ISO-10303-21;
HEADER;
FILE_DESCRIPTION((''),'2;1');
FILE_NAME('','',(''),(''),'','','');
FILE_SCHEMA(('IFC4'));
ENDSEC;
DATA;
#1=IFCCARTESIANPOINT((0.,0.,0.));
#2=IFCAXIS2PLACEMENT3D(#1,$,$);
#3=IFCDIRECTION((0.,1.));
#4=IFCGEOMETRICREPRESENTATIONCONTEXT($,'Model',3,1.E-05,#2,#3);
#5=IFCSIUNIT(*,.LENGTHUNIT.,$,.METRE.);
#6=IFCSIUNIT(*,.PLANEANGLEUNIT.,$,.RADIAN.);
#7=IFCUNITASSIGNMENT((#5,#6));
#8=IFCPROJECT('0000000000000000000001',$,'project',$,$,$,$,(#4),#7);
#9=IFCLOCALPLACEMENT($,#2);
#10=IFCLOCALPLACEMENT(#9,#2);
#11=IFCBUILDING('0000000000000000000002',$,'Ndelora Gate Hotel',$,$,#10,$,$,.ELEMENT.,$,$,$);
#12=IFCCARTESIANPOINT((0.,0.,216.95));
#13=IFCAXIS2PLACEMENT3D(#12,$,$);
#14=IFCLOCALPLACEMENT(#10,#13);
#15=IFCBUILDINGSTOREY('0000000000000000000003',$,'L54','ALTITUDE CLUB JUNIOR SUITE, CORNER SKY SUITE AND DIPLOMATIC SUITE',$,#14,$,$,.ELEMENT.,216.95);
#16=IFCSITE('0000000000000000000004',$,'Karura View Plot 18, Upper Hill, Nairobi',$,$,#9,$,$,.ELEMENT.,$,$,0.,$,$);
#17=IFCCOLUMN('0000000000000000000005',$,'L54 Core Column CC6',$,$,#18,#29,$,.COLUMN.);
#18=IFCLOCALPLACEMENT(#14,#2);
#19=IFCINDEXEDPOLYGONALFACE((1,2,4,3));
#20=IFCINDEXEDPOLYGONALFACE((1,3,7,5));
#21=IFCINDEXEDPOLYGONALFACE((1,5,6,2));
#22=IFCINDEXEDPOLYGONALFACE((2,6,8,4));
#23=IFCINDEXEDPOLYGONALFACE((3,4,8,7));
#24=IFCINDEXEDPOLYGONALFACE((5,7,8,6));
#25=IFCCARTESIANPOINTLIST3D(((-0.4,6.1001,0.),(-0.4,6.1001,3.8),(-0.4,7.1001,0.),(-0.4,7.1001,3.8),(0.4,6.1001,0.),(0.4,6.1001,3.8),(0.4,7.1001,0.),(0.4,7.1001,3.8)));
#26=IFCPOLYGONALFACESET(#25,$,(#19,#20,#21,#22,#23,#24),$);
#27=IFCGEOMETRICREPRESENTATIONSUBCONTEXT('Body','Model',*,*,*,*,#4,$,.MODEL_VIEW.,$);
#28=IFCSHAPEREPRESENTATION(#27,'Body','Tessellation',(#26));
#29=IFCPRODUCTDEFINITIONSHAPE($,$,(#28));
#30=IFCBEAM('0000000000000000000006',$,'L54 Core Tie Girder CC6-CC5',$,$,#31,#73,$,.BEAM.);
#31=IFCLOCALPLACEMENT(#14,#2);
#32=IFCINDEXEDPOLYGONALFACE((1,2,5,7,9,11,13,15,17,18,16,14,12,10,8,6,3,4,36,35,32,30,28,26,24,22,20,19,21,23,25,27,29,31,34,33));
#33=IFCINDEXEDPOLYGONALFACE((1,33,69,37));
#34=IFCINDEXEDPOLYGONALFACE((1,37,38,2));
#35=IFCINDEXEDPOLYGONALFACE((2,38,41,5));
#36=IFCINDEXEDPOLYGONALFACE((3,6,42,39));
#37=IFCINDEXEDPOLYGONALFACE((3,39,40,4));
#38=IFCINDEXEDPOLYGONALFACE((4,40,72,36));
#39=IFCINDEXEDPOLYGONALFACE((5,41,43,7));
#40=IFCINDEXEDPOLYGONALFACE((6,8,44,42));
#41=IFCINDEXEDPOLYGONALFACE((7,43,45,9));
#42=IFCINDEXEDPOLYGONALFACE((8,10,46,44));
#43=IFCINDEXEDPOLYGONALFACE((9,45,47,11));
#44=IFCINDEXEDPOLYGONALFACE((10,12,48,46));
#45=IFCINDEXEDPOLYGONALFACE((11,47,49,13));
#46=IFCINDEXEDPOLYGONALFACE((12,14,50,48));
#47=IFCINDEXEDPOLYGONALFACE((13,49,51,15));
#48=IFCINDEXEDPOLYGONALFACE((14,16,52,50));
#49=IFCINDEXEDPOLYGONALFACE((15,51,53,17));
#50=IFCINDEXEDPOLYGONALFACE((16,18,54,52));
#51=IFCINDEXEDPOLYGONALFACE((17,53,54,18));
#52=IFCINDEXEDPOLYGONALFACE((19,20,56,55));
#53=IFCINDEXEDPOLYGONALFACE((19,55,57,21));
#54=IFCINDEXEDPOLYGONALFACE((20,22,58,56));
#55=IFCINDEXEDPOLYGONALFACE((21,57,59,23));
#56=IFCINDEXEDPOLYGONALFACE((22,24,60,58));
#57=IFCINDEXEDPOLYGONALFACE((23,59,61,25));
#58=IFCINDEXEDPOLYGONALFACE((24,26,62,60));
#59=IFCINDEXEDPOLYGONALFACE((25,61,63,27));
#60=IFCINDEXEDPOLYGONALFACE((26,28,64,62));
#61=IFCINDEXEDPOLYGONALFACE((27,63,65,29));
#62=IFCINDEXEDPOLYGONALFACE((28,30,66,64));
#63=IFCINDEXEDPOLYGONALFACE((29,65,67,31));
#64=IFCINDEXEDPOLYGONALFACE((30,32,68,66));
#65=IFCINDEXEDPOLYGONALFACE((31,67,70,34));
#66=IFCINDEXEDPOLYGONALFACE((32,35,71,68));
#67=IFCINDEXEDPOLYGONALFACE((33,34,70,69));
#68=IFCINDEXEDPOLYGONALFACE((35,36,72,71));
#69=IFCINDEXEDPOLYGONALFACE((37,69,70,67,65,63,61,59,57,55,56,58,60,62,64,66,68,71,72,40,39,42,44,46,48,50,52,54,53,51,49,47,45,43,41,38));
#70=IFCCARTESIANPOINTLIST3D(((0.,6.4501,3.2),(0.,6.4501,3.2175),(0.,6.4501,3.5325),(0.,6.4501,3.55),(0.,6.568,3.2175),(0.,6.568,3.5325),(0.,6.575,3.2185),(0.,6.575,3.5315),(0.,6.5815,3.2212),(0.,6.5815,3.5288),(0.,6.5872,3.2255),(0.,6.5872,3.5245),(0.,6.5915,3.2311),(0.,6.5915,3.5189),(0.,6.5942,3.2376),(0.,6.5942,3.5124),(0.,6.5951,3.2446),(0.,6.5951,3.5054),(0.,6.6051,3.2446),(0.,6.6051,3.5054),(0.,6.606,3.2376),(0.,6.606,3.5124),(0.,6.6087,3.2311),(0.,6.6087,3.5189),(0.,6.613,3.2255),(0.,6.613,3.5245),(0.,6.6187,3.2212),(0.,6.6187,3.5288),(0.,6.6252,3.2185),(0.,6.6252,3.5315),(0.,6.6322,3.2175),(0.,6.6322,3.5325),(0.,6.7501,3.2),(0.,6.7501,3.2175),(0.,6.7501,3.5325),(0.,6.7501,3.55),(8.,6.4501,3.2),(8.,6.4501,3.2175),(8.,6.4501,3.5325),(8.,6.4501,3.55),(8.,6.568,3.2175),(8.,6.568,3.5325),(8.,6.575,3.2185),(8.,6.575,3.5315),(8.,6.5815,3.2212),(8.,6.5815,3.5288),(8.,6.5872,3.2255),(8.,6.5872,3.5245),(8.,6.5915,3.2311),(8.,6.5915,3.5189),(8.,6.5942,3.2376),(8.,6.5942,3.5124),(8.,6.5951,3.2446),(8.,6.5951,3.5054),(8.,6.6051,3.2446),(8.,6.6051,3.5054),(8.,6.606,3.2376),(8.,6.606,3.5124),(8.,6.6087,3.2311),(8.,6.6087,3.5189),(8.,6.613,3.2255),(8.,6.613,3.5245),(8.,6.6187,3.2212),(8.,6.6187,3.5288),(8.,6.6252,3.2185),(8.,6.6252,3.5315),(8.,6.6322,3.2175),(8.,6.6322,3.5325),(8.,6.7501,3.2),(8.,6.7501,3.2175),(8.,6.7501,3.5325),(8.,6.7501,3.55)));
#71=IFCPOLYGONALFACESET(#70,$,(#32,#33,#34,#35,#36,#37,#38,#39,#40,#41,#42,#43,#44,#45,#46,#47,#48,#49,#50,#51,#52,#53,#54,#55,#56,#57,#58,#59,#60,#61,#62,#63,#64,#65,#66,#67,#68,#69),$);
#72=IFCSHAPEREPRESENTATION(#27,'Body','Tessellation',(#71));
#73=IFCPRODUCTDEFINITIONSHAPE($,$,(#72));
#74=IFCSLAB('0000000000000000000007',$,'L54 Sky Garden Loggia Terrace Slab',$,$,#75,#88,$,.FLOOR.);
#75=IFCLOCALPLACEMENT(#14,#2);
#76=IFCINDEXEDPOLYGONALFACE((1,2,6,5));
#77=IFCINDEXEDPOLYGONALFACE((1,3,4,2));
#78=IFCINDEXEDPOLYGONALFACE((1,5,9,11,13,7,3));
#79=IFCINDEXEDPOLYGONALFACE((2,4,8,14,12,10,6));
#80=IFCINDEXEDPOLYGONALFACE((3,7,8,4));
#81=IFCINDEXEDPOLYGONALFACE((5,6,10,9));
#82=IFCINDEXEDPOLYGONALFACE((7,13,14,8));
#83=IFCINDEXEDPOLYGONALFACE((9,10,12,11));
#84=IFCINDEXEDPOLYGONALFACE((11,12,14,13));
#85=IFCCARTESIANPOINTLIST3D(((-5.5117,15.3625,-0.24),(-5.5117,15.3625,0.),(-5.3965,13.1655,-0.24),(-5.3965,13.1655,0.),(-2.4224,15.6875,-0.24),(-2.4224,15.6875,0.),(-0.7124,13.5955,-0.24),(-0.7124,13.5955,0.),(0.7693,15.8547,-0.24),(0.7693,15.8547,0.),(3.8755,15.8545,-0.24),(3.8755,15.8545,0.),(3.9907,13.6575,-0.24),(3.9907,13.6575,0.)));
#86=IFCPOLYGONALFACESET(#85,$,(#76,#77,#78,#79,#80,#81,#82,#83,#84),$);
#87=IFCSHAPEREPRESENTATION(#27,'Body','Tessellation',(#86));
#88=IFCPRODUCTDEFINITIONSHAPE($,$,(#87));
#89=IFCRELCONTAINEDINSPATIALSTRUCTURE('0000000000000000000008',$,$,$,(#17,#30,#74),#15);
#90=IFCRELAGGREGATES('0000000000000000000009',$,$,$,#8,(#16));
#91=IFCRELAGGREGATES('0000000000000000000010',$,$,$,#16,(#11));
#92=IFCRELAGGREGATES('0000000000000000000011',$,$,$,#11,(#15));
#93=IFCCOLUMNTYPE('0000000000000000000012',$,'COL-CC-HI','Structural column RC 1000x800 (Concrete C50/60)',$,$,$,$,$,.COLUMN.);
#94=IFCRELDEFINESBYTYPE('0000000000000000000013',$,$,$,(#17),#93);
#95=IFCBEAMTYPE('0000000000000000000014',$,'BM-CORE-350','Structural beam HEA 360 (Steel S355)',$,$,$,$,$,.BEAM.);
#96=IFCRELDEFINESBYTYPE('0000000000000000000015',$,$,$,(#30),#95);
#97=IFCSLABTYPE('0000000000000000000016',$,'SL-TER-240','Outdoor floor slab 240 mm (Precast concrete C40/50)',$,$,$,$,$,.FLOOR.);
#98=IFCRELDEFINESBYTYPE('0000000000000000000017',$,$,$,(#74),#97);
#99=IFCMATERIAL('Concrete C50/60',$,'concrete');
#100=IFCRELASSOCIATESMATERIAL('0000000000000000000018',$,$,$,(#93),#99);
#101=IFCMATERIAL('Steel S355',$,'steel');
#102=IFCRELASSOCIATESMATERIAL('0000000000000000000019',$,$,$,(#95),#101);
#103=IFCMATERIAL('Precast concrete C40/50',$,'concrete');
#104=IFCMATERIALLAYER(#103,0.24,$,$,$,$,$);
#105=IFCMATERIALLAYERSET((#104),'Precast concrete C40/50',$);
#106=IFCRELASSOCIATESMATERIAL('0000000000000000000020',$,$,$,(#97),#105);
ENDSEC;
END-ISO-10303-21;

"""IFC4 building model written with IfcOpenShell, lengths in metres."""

from ifc_helpers import new_model, si_unit, direction, frame, origin, origin_2d, place, context, subcontext, project, spatial, polyline, rectangle, i_section, outline, extrude, material, layer, layer_set, material_profile, profile_set, type_object, element, save


model = new_model("IFC4")

# Units and contexts
model_context = context("Model", 3, precision=1e-05, world=origin(), true_north=direction((0.0, 1.0)))
body_context = subcontext(model_context, "Body", "Model", "MODEL_VIEW")
ifc_project = project(units=[si_unit("LENGTHUNIT", "METRE"), si_unit("PLANEANGLEUNIT", "RADIAN")], contexts=[model_context])

# Site, building, storey
site_placement = place(None, origin())
site = spatial("IfcSite", under=ifc_project, at=site_placement, Name="Karura View Plot 18, Upper Hill, Nairobi", CompositionType="ELEMENT", RefElevation=0.0)
building_placement = place(site_placement, origin())
building = spatial("IfcBuilding", under=site, at=building_placement, Name="Ndelora Gate Hotel", CompositionType="ELEMENT")
storey_placement = place(building_placement, frame((0.0, 0.0, 216.95)))
storey = spatial("IfcBuildingStorey", under=building, at=storey_placement, Name="L54", Description="ALTITUDE CLUB JUNIOR SUITE, CORNER SKY SUITE AND DIPLOMATIC SUITE", CompositionType="ELEMENT", Elevation=216.95)

# Column
ifc_material_1 = material(Name="Concrete C50/60", Category="concrete")
ifc_material_profile_1 = material_profile(ifc_material_1, rectangle(XDim=0.8, YDim=1.0, at=origin_2d()), Name="RC 1000x800")
ifc_profile_set_1 = profile_set([ifc_material_profile_1], Name="Concrete C50/60")
column_type = type_object("IfcColumnType", Name="COL-CC-HI", Description="Structural column RC 1000x800 (Concrete C50/60)", PredefinedType="COLUMN", material=ifc_profile_set_1)
column_placement = place(storey_placement, frame((0.0, 6.6001, 0.0), z_axis=(0.0, 0.0, 1.0), x_axis=(1.0, 0.0, 0.0)))
element("IfcColumn", 1, at=column_placement, inside=storey, type_object=column_type, Name="L54 Core Column CC6", PredefinedType="COLUMN", context=body_context, shape_type="SweptSolid", body=[
    extrude(rectangle(XDim=0.8, YDim=1.0, at=origin_2d()), origin(), (0.0, 0.0, 1.0), 3.8),
])

# Beam
ifc_material_2 = material(Name="Steel S355", Category="steel")
ifc_material_profile_2 = material_profile(ifc_material_2, i_section(OverallWidth=0.3, OverallDepth=0.3501, WebThickness=0.01, FlangeThickness=0.0176, FilletRadius=0.0271, at=origin_2d()), Name="HEA 360")
ifc_profile_set_2 = profile_set([ifc_material_profile_2], Name="Steel S355")
beam_type = type_object("IfcBeamType", Name="BM-CORE-350", Description="Structural beam HEA 360 (Steel S355)", PredefinedType="BEAM", material=ifc_profile_set_2)
beam_placement = place(storey_placement, frame((0.0, 6.6001, 3.375), z_axis=(1.0, 0.0, 0.0), x_axis=(0.0, 1.0, 0.0)))
element("IfcBeam", 2, at=beam_placement, inside=storey, type_object=beam_type, Name="L54 Core Tie Girder CC6-CC5", PredefinedType="BEAM", context=body_context, shape_type="SweptSolid", body=[
    extrude(i_section(OverallWidth=0.3, OverallDepth=0.3501, WebThickness=0.01, FlangeThickness=0.0176, FilletRadius=0.0271, at=origin_2d()), origin(), (0.0, 0.0, 1.0), 8.0),
])

# Slab
ifc_material_3 = material(Name="Precast concrete C40/50", Category="concrete")
ifc_layer_1 = layer(ifc_material_3, 0.24)
ifc_layer_set_1 = layer_set([ifc_layer_1], Name="Precast concrete C40/50")
slab_type_1 = type_object("IfcSlabType", Name="SL-TER-240", Description="Outdoor floor slab 240 mm (Precast concrete C40/50)", PredefinedType="FLOOR", material=ifc_layer_set_1)
slab_1_placement = place(storey_placement, frame((0.0, 0.0, -0.24)))
element("IfcSlab", 3, at=slab_1_placement, inside=storey, type_object=slab_type_1, Name="L54 Sky Garden Loggia Terrace Slab", PredefinedType="FLOOR", context=body_context, shape_type="SweptSolid", body=[
    extrude(outline(polyline([(3.9907, 13.6575), (3.8755, 15.8545), (0.7693, 15.8547), (-2.4224, 15.6875), (-5.5117, 15.3625), (-5.3965, 13.1655), (-0.7124, 13.5955), (3.9907, 13.6575)])), origin(), (0.0, 0.0, 1.0), 0.24),
])

save(model, "model.ifc")
